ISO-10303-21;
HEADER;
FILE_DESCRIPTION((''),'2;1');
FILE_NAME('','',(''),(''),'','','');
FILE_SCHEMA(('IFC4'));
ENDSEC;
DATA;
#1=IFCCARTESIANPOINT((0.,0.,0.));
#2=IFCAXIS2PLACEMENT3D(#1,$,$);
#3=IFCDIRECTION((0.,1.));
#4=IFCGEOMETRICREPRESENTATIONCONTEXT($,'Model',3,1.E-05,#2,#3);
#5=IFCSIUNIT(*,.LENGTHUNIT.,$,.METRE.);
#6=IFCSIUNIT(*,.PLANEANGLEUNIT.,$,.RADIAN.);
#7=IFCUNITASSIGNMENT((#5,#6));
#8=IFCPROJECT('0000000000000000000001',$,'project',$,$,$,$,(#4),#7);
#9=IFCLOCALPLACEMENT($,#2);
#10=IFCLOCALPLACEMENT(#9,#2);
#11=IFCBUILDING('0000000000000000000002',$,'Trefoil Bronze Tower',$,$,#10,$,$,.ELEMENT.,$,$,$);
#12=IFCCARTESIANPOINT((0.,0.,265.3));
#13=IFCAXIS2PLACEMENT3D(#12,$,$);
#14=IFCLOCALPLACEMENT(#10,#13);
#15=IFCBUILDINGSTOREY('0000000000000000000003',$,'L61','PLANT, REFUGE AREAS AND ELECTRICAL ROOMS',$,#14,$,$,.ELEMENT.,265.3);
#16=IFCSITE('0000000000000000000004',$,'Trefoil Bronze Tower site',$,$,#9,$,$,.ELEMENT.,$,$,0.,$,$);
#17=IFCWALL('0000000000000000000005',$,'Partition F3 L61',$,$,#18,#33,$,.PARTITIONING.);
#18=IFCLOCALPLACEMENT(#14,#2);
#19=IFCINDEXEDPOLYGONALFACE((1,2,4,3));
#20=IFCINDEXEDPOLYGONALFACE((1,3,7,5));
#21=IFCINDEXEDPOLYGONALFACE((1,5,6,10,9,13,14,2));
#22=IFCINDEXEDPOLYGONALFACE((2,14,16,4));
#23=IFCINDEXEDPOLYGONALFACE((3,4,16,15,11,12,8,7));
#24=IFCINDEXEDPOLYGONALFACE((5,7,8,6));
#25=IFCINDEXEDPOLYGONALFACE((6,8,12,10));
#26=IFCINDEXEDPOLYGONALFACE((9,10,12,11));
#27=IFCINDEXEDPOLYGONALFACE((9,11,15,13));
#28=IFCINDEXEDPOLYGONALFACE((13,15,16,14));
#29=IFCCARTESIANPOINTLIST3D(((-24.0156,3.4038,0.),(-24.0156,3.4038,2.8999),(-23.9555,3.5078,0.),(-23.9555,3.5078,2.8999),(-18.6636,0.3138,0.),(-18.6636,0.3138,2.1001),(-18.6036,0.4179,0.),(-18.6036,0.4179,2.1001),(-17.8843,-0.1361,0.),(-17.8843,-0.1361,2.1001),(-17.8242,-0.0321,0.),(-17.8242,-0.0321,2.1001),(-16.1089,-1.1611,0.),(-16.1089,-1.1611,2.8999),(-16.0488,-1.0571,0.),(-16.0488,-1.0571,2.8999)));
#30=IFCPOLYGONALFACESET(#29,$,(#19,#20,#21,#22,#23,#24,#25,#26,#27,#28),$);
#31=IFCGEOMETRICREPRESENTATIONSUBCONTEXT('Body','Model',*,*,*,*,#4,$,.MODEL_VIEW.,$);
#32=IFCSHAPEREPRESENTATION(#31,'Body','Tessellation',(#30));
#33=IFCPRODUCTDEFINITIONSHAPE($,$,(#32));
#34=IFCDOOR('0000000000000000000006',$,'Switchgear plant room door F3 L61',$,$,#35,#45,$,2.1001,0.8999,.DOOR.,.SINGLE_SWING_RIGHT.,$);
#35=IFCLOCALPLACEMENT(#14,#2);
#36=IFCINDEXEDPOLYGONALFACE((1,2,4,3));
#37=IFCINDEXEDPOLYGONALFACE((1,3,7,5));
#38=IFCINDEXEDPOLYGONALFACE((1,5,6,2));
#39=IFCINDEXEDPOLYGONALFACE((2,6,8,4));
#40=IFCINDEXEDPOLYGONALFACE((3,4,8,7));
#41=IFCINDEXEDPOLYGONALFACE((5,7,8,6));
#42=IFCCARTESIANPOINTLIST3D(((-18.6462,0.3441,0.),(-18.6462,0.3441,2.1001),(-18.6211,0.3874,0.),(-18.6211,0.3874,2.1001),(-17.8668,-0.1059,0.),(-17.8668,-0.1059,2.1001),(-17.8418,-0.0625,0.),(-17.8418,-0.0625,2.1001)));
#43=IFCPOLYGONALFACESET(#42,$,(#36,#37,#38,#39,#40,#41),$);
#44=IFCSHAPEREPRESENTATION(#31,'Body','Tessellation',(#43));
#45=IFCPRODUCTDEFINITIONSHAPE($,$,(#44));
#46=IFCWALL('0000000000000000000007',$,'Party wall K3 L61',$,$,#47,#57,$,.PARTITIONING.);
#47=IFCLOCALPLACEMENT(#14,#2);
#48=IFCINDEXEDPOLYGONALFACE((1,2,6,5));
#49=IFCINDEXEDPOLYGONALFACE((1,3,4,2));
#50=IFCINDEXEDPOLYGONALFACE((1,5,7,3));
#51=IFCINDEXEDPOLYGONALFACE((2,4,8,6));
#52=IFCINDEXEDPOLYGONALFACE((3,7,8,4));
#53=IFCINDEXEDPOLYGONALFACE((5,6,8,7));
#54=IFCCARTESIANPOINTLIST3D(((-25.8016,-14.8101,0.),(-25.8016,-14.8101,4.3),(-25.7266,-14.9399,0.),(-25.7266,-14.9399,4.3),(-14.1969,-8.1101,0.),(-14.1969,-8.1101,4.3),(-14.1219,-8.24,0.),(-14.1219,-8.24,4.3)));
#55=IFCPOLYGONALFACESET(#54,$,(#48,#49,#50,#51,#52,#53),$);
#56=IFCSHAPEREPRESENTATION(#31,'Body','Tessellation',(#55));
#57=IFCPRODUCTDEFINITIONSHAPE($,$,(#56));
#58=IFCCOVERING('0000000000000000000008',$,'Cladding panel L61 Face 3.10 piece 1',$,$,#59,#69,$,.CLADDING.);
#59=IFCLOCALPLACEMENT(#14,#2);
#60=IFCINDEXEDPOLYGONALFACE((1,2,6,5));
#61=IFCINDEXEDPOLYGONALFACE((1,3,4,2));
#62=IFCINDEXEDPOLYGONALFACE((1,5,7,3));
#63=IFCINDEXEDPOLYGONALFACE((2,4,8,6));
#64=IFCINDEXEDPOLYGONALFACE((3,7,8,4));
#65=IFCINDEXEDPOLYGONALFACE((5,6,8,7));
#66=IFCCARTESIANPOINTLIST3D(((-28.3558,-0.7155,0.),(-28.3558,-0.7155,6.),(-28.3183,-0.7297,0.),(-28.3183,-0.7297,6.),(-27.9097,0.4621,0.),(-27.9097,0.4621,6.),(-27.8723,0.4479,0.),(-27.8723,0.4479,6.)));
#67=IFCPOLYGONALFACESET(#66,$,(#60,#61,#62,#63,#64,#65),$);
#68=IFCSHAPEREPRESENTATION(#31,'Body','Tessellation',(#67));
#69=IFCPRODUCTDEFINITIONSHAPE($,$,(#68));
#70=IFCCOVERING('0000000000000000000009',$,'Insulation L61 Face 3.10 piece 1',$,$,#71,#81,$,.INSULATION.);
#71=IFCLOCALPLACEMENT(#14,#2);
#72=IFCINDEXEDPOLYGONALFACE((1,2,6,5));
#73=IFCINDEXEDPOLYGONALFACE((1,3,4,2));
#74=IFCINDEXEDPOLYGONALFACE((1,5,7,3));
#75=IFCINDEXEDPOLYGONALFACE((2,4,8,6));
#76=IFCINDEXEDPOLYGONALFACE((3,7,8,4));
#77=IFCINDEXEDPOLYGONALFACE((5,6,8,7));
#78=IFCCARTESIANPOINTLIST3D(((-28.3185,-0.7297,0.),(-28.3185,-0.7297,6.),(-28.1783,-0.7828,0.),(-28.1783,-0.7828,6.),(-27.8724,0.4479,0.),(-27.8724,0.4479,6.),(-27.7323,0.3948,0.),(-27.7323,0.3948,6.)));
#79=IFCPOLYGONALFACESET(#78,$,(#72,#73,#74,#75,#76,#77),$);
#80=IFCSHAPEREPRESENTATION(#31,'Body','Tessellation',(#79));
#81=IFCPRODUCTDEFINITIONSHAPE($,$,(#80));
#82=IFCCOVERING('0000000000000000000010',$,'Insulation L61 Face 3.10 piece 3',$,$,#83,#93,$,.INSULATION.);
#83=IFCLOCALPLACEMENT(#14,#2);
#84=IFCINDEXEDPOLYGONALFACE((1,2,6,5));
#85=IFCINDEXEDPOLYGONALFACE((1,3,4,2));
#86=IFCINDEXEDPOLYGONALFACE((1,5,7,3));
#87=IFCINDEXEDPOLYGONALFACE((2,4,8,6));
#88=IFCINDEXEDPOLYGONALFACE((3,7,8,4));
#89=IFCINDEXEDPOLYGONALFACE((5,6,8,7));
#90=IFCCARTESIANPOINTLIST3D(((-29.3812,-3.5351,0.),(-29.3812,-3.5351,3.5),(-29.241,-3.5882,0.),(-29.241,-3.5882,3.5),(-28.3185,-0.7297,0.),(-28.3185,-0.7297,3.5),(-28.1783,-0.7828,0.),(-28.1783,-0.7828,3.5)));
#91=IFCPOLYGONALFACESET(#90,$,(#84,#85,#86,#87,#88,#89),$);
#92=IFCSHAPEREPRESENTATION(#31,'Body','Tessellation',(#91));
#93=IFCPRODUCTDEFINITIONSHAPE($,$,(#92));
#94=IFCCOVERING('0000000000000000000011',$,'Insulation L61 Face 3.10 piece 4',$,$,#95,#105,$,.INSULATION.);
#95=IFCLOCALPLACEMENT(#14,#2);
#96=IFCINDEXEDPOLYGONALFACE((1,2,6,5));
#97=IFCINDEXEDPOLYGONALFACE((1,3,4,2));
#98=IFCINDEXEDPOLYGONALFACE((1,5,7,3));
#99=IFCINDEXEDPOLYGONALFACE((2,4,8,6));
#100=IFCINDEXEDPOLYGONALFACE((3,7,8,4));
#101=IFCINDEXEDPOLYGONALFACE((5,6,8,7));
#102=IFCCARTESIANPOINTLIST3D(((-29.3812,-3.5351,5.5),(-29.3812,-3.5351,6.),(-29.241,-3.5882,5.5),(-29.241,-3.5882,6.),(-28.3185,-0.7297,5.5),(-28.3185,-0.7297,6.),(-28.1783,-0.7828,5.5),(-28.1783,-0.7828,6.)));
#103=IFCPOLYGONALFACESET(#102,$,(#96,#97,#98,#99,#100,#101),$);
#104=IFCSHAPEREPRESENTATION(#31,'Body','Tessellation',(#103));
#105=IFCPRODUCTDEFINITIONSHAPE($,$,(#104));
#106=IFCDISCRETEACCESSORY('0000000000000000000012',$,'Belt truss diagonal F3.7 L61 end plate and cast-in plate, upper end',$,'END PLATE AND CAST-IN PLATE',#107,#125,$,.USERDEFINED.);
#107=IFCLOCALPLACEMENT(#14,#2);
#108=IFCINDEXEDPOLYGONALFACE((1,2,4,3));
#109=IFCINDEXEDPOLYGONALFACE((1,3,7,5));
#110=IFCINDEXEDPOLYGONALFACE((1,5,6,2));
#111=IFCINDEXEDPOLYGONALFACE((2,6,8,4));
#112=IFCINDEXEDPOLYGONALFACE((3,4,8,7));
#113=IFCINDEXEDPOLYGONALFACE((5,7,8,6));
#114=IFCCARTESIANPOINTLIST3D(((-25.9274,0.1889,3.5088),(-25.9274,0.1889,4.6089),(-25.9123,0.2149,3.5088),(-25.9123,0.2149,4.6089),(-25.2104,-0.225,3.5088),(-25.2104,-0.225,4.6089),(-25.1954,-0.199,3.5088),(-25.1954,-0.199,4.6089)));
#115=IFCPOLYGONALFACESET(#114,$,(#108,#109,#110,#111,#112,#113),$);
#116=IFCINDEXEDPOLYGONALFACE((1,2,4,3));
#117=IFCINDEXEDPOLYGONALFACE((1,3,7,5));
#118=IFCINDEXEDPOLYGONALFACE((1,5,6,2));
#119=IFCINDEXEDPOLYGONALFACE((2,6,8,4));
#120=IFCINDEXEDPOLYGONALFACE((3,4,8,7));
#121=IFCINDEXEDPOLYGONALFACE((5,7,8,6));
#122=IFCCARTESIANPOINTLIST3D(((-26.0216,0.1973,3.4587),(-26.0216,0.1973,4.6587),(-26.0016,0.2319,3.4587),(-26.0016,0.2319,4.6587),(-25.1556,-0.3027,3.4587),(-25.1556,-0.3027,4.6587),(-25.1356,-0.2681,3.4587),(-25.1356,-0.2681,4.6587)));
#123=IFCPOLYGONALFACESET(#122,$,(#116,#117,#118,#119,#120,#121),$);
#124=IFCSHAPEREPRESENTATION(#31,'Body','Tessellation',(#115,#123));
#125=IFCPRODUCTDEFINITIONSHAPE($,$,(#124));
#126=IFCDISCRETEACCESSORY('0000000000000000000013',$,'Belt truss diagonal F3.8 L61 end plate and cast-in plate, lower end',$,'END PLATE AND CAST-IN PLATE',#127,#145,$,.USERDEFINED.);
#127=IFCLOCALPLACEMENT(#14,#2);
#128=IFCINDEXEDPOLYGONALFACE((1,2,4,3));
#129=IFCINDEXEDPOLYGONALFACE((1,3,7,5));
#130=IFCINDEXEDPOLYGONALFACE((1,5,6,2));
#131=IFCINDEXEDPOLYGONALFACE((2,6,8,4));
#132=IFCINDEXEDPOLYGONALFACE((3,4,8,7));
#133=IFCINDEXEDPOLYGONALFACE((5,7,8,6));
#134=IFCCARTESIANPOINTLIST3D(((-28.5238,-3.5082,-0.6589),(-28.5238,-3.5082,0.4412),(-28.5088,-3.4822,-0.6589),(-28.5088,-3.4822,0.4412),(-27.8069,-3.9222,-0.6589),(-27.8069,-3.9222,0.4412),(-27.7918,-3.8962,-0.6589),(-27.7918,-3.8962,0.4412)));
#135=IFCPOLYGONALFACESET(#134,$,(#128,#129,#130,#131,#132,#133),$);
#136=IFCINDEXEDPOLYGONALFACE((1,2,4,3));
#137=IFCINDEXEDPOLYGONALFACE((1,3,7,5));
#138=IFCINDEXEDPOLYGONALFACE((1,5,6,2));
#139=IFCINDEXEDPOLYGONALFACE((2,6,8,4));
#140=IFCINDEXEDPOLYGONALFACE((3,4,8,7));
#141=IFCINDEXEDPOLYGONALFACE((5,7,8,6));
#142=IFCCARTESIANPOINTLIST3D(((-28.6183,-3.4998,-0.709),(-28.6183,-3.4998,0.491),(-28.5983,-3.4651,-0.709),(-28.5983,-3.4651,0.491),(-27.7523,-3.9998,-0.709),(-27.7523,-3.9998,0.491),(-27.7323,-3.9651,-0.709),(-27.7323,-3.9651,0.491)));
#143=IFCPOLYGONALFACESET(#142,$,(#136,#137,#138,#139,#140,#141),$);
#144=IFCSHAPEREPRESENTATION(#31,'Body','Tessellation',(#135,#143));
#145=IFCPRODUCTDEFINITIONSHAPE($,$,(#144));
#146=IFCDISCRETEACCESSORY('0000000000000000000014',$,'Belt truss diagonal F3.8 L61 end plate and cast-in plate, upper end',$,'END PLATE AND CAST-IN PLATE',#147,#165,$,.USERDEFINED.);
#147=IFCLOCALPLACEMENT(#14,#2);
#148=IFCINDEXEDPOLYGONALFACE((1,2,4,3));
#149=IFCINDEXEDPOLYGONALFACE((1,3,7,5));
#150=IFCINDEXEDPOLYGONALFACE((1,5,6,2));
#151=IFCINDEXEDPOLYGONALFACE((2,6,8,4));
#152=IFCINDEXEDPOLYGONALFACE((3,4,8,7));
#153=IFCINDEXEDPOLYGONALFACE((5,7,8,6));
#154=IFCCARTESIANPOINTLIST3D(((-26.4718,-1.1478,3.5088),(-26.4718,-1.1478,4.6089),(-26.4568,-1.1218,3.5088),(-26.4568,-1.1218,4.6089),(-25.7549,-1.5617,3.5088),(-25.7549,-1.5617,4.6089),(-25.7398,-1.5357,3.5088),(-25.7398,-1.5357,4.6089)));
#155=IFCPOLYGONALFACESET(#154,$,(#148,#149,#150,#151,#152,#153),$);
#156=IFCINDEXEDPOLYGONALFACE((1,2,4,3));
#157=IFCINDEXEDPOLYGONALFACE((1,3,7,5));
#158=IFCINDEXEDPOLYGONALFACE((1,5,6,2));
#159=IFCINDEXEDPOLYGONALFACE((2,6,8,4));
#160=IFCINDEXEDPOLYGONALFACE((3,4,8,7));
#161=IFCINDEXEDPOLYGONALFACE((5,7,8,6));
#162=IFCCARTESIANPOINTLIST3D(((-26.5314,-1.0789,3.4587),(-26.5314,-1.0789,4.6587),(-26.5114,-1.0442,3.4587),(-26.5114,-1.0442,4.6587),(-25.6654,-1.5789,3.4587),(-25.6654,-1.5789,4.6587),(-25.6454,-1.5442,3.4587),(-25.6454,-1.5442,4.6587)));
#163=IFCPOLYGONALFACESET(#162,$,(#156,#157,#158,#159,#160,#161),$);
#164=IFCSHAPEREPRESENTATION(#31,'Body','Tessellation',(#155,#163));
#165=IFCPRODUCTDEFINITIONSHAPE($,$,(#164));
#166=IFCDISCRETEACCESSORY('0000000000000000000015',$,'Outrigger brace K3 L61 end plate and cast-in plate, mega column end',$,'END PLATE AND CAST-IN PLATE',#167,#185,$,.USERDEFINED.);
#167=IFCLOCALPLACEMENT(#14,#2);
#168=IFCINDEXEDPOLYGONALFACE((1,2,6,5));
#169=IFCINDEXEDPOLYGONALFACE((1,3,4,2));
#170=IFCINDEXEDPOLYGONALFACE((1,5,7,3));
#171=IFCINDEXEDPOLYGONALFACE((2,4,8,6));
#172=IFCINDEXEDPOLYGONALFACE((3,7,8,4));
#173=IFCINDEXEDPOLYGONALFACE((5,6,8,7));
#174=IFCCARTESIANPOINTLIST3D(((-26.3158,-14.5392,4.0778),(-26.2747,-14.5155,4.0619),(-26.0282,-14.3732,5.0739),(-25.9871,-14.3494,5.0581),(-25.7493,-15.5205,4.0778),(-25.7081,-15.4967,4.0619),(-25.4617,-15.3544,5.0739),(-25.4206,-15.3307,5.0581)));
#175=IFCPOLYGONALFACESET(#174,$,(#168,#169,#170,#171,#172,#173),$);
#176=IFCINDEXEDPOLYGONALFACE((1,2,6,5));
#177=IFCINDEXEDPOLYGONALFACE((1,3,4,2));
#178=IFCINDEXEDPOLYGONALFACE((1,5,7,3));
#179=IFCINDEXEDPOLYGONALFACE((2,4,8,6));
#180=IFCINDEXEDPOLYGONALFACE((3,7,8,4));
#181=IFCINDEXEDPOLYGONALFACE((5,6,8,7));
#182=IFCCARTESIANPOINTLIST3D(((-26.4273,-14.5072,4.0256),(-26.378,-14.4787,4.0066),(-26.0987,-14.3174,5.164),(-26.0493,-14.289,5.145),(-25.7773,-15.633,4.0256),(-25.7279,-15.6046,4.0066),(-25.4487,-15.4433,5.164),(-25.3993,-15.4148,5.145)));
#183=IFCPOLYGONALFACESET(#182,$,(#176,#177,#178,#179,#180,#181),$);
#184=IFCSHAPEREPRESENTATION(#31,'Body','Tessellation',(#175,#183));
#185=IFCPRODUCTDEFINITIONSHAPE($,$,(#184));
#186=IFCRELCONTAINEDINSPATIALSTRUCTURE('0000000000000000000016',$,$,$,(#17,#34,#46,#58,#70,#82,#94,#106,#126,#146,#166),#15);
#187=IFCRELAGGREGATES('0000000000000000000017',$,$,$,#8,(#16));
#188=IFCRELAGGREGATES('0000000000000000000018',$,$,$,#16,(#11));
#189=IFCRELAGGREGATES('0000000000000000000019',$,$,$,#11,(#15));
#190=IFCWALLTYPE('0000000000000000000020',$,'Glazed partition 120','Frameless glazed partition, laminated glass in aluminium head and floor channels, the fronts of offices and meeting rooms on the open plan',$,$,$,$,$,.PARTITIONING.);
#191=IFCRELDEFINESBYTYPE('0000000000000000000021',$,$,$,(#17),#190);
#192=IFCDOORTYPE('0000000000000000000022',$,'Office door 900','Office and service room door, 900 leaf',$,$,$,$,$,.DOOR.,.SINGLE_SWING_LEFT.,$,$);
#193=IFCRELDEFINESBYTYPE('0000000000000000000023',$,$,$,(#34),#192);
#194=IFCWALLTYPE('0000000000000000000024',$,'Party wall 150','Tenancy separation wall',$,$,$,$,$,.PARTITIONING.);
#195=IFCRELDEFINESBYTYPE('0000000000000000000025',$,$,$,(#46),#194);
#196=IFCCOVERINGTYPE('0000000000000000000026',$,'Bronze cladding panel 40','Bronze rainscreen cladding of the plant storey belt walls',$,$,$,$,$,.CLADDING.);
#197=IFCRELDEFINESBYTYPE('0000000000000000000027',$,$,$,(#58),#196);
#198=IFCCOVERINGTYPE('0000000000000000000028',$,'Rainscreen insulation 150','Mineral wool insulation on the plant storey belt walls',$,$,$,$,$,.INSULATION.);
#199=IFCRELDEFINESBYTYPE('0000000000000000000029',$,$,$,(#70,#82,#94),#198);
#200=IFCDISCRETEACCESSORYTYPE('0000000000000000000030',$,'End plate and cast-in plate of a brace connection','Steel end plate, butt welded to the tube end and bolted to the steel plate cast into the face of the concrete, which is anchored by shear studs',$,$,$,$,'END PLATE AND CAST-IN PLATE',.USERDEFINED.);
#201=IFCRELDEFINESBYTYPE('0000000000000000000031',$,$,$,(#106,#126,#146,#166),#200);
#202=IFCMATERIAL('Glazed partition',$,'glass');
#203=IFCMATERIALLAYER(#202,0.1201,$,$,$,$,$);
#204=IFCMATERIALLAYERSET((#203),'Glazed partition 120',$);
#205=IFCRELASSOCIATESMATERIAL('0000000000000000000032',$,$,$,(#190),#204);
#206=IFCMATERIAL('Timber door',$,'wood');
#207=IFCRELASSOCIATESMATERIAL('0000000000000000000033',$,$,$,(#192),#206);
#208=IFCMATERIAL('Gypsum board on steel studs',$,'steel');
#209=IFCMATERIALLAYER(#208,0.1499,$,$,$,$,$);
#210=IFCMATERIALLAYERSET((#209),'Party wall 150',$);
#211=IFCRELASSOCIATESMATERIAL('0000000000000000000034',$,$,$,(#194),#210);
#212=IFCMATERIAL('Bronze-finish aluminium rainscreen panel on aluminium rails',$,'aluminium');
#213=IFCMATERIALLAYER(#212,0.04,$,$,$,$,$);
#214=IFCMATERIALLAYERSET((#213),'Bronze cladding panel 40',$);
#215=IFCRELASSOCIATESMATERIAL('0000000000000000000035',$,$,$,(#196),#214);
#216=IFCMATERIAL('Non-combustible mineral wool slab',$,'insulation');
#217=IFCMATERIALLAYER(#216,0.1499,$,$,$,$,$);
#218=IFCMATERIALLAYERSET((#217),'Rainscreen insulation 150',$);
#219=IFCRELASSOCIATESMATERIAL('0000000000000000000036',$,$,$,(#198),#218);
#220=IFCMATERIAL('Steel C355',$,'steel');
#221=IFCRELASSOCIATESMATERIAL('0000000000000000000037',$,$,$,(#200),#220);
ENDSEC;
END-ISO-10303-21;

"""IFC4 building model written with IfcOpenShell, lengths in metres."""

from ifc_helpers import new_model, si_unit, direction, frame, frame_2d, origin, origin_2d, place, context, subcontext, project, spatial, rectangle, extrude, material, layer, layer_set, type_object, element, fill, save


model = new_model("IFC4")

# Units and contexts
model_context = context("Model", 3, precision=1e-05, world=origin(), true_north=direction((0.0, 1.0)))
body_context = subcontext(model_context, "Body", "Model", "MODEL_VIEW")
ifc_project = project(units=[si_unit("LENGTHUNIT", "METRE"), si_unit("PLANEANGLEUNIT", "RADIAN")], contexts=[model_context])

# Site, building, storey
site_placement = place(None, origin())
site = spatial("IfcSite", under=ifc_project, at=site_placement, Name="Trefoil Bronze Tower site", CompositionType="ELEMENT", RefElevation=0.0)
building_placement = place(site_placement, origin())
building = spatial("IfcBuilding", under=site, at=building_placement, Name="Trefoil Bronze Tower", CompositionType="ELEMENT")
storey_placement = place(building_placement, frame((0.0, 0.0, 265.3)))
storey = spatial("IfcBuildingStorey", under=building, at=storey_placement, Name="L61", Description="PLANT, REFUGE AREAS AND ELECTRICAL ROOMS", CompositionType="ELEMENT", Elevation=265.3)

# Wall, opening, door
ifc_material_1 = material(Name="Glazed partition", Category="glass")
ifc_layer_1 = layer(ifc_material_1, 0.1201)
ifc_layer_set_1 = layer_set([ifc_layer_1], Name="Glazed partition 120")
wall_type_1 = type_object("IfcWallType", Name="Glazed partition 120", Description="Frameless glazed partition, laminated glass in aluminium head and floor channels, the fronts of offices and meeting rooms on the open plan", PredefinedType="PARTITIONING", material=ifc_layer_set_1)
wall_1_placement = place(storey_placement, frame((-16.0789, -1.1091, 0.0), z_axis=(0.0, 0.0, 1.0), x_axis=(-0.866026, 0.499999, 0.0)))
wall_1 = element("IfcWall", 1, at=wall_1_placement, inside=storey, type_object=wall_type_1, Name="Partition F3 L61", PredefinedType="PARTITIONING", context=body_context, shape_type="SweptSolid", body=[
    extrude(rectangle(XDim=9.1299, YDim=0.1201, at=frame_2d((4.5649, 0.0))), origin(), (0.0, 0.0, 1.0), 2.8999),
])
opening_placement = place(wall_1_placement, frame((2.05, 0.0, 0.0)))
opening = element("IfcOpeningElement", 2, at=opening_placement, cuts=wall_1, PredefinedType="OPENING", context=body_context, shape_type="SweptSolid", body=[
    extrude(rectangle(XDim=0.8999, YDim=2.1001, at=frame_2d((0.45, 1.05))), frame((0.0, 0.0701, 0.0), z_axis=(0.0, -1.0, 0.0), x_axis=(1.0, 0.0, 0.0)), (0.0, 0.0, 1.0), 0.1401),
])
ifc_material_2 = material(Name="Timber door", Category="wood")
door_type = type_object("IfcDoorType", Name="Office door 900", Description="Office and service room door, 900 leaf", OperationType="SINGLE_SWING_LEFT", PredefinedType="DOOR", material=ifc_material_2)
door_placement = place(opening_placement, frame((0.8999, 0.0, 0.0), z_axis=(0.0, 0.0, 1.0), x_axis=(-1.0, 0.0, 0.0)))
door = element("IfcDoor", 3, at=door_placement, inside=storey, type_object=door_type, Name="Switchgear plant room door F3 L61", OperationType="SINGLE_SWING_RIGHT", OverallHeight=2.1001, OverallWidth=0.8999, PredefinedType="DOOR", context=body_context, shape_type="SweptSolid", body=[
    extrude(rectangle(XDim=0.8999, YDim=2.1001, at=frame_2d((0.45, 1.05))), frame((0.0, 0.0249, 0.0), z_axis=(0.0, -1.0, 0.0), x_axis=(1.0, 0.0, 0.0)), (0.0, 0.0, 1.0), 0.05),
])
fill(opening, door)

# Wall
ifc_material_3 = material(Name="Gypsum board on steel studs", Category="steel")
ifc_layer_2 = layer(ifc_material_3, 0.1499)
ifc_layer_set_2 = layer_set([ifc_layer_2], Name="Party wall 150")
wall_type_2 = type_object("IfcWallType", Name="Party wall 150", Description="Tenancy separation wall", PredefinedType="PARTITIONING", material=ifc_layer_set_2)
wall_2_placement = place(storey_placement, frame((-14.1594, -8.175, 0.0), z_axis=(0.0, 0.0, 1.0), x_axis=(-0.866027, -0.499997, 0.0)))
element("IfcWall", 4, at=wall_2_placement, inside=storey, type_object=wall_type_2, Name="Party wall K3 L61", PredefinedType="PARTITIONING", context=body_context, shape_type="SweptSolid", body=[
    extrude(rectangle(XDim=13.3999, YDim=0.1499, at=frame_2d((6.7, 0.0))), origin(), (0.0, 0.0, 1.0), 4.3),
])

# Coverings
ifc_material_4 = material(Name="Bronze-finish aluminium rainscreen panel on aluminium rails", Category="aluminium")
ifc_layer_3 = layer(ifc_material_4, 0.04)
ifc_layer_set_3 = layer_set([ifc_layer_3], Name="Bronze cladding panel 40")
covering_type_1 = type_object("IfcCoveringType", Name="Bronze cladding panel 40", Description="Bronze rainscreen cladding of the plant storey belt walls", PredefinedType="CLADDING", material=ifc_layer_set_3)
covering_1_placement = place(storey_placement, frame((-28.114, -0.1338, 0.0), z_axis=(0.0, 0.0, 1.0), x_axis=(-0.354234, -0.935157, 0.0)))
element("IfcCovering", 5, at=covering_1_placement, inside=storey, type_object=covering_type_1, Name="Cladding panel L61 Face 3.10 piece 1", PredefinedType="CLADDING", context=body_context, shape_type="SweptSolid", body=[
    extrude(rectangle(XDim=1.2593, YDim=0.04, at=origin_2d()), origin(), (0.0, 0.0, 1.0), 6.0),
])
ifc_material_5 = material(Name="Non-combustible mineral wool slab", Category="insulation")
ifc_layer_4 = layer(ifc_material_5, 0.1499)
ifc_layer_set_4 = layer_set([ifc_layer_4], Name="Rainscreen insulation 150")
covering_type_2 = type_object("IfcCoveringType", Name="Rainscreen insulation 150", Description="Mineral wool insulation on the plant storey belt walls", PredefinedType="INSULATION", material=ifc_layer_set_4)
covering_2_placement = place(storey_placement, frame((-28.0254, -0.1675, 0.0), z_axis=(0.0, 0.0, 1.0), x_axis=(-0.354234, -0.935157, 0.0)))
element("IfcCovering", 6, at=covering_2_placement, inside=storey, type_object=covering_type_2, Name="Insulation L61 Face 3.10 piece 1", PredefinedType="INSULATION", context=body_context, shape_type="SweptSolid", body=[
    extrude(rectangle(XDim=1.2593, YDim=0.1499, at=origin_2d()), origin(), (0.0, 0.0, 1.0), 6.0),
])
covering_3_placement = place(storey_placement, frame((-28.7798, -2.1589, 0.0), z_axis=(0.0, 0.0, 1.0), x_axis=(-0.354234, -0.935157, 0.0)))
element("IfcCovering", 7, at=covering_3_placement, inside=storey, type_object=covering_type_2, Name="Insulation L61 Face 3.10 piece 3", PredefinedType="INSULATION", context=body_context, shape_type="SweptSolid", body=[
    extrude(rectangle(XDim=3.0, YDim=0.1499, at=origin_2d()), origin(), (0.0, 0.0, 1.0), 3.5),
])
covering_4_placement = place(storey_placement, frame((-28.7798, -2.1589, 5.5), z_axis=(0.0, 0.0, 1.0), x_axis=(-0.354234, -0.935157, 0.0)))
element("IfcCovering", 8, at=covering_4_placement, inside=storey, type_object=covering_type_2, Name="Insulation L61 Face 3.10 piece 4", PredefinedType="INSULATION", context=body_context, shape_type="SweptSolid", body=[
    extrude(rectangle(XDim=3.0, YDim=0.1499, at=origin_2d()), origin(), (0.0, 0.0, 1.0), 0.5),
])

# Discrete accessories
ifc_material_6 = material(Name="Steel C355", Category="steel")
discrete_accessory_type = type_object("IfcDiscreteAccessoryType", Name="End plate and cast-in plate of a brace connection", Description="Steel end plate, butt welded to the tube end and bolted to the steel plate cast into the face of the concrete, which is anchored by shear studs", ElementType="END PLATE AND CAST-IN PLATE", PredefinedType="USERDEFINED", material=ifc_material_6)
discrete_accessory_1_placement = place(storey_placement, frame((-25.5686, -0.0181, 4.0588), z_axis=(0.0, 0.0, 1.0), x_axis=(0.5, 0.866025, 0.0)))
element("IfcDiscreteAccessory", 9, at=discrete_accessory_1_placement, inside=storey, type_object=discrete_accessory_type, Name="Belt truss diagonal F3.7 L61 end plate and cast-in plate, upper end", ObjectType="END PLATE AND CAST-IN PLATE", PredefinedType="USERDEFINED", context=body_context, shape_type="SweptSolid", body=[
    extrude(rectangle(XDim=0.03, YDim=0.8279, at=origin_2d()), frame((0.0149, 0.0002, -0.55)), (0.0, 0.0, 1.0), 1.1001),
    extrude(rectangle(XDim=0.04, YDim=1.0, at=origin_2d()), frame((-0.02, 0.0, -0.6001)), (0.0, 0.0, 1.0), 1.2),
])
for number, where, z_axis, x_axis, name in (
    (10, (-28.1653, -3.7151, -0.1089), (0.0, 0.0, 1.0), (0.5, 0.866025, 0.0), "Belt truss diagonal F3.8 L61 end plate and cast-in plate, lower end"),
    (11, (-26.0984, -1.3289, 4.0588), (0.0, 0.0, 1.0), (-0.5, -0.866025, 0.0), "Belt truss diagonal F3.8 L61 end plate and cast-in plate, upper end"),
):
    element("IfcDiscreteAccessory", number, at=place(storey_placement, frame(where, z_axis=z_axis, x_axis=x_axis)), inside=storey, type_object=discrete_accessory_type, Name=name, ObjectType="END PLATE AND CAST-IN PLATE", PredefinedType="USERDEFINED", context=body_context, shape_type="SweptSolid", body=[
        extrude(rectangle(XDim=0.03, YDim=0.8279, at=origin_2d()), frame((0.0149, 0.0, -0.55)), (0.0, 0.0, 1.0), 1.1001),
        extrude(rectangle(XDim=0.04, YDim=1.0, at=origin_2d()), frame((-0.02, 0.0, -0.6001)), (0.0, 0.0, 1.0), 1.2),
    ])
discrete_accessory_2_placement = place(storey_placement, frame((-25.8887, -14.9468, 4.5757), z_axis=(0.273861, 0.158114, 0.948683), x_axis=(0.821584, 0.474342, -0.316228)))
element("IfcDiscreteAccessory", 12, at=discrete_accessory_2_placement, inside=storey, type_object=discrete_accessory_type, Name="Outrigger brace K3 L61 end plate and cast-in plate, mega column end", ObjectType="END PLATE AND CAST-IN PLATE", PredefinedType="USERDEFINED", context=body_context, shape_type="SweptSolid", body=[
    extrude(rectangle(XDim=0.05, YDim=1.1331, at=origin_2d()), frame((0.0249, 0.0, -0.5249)), (0.0, 0.0, 1.0), 1.05),
    extrude(rectangle(XDim=0.0601, YDim=1.3, at=origin_2d()), frame((-0.03, 0.0, -0.5999)), (0.0, 0.0, 1.0), 1.2),
])

save(model, "model.ifc")
